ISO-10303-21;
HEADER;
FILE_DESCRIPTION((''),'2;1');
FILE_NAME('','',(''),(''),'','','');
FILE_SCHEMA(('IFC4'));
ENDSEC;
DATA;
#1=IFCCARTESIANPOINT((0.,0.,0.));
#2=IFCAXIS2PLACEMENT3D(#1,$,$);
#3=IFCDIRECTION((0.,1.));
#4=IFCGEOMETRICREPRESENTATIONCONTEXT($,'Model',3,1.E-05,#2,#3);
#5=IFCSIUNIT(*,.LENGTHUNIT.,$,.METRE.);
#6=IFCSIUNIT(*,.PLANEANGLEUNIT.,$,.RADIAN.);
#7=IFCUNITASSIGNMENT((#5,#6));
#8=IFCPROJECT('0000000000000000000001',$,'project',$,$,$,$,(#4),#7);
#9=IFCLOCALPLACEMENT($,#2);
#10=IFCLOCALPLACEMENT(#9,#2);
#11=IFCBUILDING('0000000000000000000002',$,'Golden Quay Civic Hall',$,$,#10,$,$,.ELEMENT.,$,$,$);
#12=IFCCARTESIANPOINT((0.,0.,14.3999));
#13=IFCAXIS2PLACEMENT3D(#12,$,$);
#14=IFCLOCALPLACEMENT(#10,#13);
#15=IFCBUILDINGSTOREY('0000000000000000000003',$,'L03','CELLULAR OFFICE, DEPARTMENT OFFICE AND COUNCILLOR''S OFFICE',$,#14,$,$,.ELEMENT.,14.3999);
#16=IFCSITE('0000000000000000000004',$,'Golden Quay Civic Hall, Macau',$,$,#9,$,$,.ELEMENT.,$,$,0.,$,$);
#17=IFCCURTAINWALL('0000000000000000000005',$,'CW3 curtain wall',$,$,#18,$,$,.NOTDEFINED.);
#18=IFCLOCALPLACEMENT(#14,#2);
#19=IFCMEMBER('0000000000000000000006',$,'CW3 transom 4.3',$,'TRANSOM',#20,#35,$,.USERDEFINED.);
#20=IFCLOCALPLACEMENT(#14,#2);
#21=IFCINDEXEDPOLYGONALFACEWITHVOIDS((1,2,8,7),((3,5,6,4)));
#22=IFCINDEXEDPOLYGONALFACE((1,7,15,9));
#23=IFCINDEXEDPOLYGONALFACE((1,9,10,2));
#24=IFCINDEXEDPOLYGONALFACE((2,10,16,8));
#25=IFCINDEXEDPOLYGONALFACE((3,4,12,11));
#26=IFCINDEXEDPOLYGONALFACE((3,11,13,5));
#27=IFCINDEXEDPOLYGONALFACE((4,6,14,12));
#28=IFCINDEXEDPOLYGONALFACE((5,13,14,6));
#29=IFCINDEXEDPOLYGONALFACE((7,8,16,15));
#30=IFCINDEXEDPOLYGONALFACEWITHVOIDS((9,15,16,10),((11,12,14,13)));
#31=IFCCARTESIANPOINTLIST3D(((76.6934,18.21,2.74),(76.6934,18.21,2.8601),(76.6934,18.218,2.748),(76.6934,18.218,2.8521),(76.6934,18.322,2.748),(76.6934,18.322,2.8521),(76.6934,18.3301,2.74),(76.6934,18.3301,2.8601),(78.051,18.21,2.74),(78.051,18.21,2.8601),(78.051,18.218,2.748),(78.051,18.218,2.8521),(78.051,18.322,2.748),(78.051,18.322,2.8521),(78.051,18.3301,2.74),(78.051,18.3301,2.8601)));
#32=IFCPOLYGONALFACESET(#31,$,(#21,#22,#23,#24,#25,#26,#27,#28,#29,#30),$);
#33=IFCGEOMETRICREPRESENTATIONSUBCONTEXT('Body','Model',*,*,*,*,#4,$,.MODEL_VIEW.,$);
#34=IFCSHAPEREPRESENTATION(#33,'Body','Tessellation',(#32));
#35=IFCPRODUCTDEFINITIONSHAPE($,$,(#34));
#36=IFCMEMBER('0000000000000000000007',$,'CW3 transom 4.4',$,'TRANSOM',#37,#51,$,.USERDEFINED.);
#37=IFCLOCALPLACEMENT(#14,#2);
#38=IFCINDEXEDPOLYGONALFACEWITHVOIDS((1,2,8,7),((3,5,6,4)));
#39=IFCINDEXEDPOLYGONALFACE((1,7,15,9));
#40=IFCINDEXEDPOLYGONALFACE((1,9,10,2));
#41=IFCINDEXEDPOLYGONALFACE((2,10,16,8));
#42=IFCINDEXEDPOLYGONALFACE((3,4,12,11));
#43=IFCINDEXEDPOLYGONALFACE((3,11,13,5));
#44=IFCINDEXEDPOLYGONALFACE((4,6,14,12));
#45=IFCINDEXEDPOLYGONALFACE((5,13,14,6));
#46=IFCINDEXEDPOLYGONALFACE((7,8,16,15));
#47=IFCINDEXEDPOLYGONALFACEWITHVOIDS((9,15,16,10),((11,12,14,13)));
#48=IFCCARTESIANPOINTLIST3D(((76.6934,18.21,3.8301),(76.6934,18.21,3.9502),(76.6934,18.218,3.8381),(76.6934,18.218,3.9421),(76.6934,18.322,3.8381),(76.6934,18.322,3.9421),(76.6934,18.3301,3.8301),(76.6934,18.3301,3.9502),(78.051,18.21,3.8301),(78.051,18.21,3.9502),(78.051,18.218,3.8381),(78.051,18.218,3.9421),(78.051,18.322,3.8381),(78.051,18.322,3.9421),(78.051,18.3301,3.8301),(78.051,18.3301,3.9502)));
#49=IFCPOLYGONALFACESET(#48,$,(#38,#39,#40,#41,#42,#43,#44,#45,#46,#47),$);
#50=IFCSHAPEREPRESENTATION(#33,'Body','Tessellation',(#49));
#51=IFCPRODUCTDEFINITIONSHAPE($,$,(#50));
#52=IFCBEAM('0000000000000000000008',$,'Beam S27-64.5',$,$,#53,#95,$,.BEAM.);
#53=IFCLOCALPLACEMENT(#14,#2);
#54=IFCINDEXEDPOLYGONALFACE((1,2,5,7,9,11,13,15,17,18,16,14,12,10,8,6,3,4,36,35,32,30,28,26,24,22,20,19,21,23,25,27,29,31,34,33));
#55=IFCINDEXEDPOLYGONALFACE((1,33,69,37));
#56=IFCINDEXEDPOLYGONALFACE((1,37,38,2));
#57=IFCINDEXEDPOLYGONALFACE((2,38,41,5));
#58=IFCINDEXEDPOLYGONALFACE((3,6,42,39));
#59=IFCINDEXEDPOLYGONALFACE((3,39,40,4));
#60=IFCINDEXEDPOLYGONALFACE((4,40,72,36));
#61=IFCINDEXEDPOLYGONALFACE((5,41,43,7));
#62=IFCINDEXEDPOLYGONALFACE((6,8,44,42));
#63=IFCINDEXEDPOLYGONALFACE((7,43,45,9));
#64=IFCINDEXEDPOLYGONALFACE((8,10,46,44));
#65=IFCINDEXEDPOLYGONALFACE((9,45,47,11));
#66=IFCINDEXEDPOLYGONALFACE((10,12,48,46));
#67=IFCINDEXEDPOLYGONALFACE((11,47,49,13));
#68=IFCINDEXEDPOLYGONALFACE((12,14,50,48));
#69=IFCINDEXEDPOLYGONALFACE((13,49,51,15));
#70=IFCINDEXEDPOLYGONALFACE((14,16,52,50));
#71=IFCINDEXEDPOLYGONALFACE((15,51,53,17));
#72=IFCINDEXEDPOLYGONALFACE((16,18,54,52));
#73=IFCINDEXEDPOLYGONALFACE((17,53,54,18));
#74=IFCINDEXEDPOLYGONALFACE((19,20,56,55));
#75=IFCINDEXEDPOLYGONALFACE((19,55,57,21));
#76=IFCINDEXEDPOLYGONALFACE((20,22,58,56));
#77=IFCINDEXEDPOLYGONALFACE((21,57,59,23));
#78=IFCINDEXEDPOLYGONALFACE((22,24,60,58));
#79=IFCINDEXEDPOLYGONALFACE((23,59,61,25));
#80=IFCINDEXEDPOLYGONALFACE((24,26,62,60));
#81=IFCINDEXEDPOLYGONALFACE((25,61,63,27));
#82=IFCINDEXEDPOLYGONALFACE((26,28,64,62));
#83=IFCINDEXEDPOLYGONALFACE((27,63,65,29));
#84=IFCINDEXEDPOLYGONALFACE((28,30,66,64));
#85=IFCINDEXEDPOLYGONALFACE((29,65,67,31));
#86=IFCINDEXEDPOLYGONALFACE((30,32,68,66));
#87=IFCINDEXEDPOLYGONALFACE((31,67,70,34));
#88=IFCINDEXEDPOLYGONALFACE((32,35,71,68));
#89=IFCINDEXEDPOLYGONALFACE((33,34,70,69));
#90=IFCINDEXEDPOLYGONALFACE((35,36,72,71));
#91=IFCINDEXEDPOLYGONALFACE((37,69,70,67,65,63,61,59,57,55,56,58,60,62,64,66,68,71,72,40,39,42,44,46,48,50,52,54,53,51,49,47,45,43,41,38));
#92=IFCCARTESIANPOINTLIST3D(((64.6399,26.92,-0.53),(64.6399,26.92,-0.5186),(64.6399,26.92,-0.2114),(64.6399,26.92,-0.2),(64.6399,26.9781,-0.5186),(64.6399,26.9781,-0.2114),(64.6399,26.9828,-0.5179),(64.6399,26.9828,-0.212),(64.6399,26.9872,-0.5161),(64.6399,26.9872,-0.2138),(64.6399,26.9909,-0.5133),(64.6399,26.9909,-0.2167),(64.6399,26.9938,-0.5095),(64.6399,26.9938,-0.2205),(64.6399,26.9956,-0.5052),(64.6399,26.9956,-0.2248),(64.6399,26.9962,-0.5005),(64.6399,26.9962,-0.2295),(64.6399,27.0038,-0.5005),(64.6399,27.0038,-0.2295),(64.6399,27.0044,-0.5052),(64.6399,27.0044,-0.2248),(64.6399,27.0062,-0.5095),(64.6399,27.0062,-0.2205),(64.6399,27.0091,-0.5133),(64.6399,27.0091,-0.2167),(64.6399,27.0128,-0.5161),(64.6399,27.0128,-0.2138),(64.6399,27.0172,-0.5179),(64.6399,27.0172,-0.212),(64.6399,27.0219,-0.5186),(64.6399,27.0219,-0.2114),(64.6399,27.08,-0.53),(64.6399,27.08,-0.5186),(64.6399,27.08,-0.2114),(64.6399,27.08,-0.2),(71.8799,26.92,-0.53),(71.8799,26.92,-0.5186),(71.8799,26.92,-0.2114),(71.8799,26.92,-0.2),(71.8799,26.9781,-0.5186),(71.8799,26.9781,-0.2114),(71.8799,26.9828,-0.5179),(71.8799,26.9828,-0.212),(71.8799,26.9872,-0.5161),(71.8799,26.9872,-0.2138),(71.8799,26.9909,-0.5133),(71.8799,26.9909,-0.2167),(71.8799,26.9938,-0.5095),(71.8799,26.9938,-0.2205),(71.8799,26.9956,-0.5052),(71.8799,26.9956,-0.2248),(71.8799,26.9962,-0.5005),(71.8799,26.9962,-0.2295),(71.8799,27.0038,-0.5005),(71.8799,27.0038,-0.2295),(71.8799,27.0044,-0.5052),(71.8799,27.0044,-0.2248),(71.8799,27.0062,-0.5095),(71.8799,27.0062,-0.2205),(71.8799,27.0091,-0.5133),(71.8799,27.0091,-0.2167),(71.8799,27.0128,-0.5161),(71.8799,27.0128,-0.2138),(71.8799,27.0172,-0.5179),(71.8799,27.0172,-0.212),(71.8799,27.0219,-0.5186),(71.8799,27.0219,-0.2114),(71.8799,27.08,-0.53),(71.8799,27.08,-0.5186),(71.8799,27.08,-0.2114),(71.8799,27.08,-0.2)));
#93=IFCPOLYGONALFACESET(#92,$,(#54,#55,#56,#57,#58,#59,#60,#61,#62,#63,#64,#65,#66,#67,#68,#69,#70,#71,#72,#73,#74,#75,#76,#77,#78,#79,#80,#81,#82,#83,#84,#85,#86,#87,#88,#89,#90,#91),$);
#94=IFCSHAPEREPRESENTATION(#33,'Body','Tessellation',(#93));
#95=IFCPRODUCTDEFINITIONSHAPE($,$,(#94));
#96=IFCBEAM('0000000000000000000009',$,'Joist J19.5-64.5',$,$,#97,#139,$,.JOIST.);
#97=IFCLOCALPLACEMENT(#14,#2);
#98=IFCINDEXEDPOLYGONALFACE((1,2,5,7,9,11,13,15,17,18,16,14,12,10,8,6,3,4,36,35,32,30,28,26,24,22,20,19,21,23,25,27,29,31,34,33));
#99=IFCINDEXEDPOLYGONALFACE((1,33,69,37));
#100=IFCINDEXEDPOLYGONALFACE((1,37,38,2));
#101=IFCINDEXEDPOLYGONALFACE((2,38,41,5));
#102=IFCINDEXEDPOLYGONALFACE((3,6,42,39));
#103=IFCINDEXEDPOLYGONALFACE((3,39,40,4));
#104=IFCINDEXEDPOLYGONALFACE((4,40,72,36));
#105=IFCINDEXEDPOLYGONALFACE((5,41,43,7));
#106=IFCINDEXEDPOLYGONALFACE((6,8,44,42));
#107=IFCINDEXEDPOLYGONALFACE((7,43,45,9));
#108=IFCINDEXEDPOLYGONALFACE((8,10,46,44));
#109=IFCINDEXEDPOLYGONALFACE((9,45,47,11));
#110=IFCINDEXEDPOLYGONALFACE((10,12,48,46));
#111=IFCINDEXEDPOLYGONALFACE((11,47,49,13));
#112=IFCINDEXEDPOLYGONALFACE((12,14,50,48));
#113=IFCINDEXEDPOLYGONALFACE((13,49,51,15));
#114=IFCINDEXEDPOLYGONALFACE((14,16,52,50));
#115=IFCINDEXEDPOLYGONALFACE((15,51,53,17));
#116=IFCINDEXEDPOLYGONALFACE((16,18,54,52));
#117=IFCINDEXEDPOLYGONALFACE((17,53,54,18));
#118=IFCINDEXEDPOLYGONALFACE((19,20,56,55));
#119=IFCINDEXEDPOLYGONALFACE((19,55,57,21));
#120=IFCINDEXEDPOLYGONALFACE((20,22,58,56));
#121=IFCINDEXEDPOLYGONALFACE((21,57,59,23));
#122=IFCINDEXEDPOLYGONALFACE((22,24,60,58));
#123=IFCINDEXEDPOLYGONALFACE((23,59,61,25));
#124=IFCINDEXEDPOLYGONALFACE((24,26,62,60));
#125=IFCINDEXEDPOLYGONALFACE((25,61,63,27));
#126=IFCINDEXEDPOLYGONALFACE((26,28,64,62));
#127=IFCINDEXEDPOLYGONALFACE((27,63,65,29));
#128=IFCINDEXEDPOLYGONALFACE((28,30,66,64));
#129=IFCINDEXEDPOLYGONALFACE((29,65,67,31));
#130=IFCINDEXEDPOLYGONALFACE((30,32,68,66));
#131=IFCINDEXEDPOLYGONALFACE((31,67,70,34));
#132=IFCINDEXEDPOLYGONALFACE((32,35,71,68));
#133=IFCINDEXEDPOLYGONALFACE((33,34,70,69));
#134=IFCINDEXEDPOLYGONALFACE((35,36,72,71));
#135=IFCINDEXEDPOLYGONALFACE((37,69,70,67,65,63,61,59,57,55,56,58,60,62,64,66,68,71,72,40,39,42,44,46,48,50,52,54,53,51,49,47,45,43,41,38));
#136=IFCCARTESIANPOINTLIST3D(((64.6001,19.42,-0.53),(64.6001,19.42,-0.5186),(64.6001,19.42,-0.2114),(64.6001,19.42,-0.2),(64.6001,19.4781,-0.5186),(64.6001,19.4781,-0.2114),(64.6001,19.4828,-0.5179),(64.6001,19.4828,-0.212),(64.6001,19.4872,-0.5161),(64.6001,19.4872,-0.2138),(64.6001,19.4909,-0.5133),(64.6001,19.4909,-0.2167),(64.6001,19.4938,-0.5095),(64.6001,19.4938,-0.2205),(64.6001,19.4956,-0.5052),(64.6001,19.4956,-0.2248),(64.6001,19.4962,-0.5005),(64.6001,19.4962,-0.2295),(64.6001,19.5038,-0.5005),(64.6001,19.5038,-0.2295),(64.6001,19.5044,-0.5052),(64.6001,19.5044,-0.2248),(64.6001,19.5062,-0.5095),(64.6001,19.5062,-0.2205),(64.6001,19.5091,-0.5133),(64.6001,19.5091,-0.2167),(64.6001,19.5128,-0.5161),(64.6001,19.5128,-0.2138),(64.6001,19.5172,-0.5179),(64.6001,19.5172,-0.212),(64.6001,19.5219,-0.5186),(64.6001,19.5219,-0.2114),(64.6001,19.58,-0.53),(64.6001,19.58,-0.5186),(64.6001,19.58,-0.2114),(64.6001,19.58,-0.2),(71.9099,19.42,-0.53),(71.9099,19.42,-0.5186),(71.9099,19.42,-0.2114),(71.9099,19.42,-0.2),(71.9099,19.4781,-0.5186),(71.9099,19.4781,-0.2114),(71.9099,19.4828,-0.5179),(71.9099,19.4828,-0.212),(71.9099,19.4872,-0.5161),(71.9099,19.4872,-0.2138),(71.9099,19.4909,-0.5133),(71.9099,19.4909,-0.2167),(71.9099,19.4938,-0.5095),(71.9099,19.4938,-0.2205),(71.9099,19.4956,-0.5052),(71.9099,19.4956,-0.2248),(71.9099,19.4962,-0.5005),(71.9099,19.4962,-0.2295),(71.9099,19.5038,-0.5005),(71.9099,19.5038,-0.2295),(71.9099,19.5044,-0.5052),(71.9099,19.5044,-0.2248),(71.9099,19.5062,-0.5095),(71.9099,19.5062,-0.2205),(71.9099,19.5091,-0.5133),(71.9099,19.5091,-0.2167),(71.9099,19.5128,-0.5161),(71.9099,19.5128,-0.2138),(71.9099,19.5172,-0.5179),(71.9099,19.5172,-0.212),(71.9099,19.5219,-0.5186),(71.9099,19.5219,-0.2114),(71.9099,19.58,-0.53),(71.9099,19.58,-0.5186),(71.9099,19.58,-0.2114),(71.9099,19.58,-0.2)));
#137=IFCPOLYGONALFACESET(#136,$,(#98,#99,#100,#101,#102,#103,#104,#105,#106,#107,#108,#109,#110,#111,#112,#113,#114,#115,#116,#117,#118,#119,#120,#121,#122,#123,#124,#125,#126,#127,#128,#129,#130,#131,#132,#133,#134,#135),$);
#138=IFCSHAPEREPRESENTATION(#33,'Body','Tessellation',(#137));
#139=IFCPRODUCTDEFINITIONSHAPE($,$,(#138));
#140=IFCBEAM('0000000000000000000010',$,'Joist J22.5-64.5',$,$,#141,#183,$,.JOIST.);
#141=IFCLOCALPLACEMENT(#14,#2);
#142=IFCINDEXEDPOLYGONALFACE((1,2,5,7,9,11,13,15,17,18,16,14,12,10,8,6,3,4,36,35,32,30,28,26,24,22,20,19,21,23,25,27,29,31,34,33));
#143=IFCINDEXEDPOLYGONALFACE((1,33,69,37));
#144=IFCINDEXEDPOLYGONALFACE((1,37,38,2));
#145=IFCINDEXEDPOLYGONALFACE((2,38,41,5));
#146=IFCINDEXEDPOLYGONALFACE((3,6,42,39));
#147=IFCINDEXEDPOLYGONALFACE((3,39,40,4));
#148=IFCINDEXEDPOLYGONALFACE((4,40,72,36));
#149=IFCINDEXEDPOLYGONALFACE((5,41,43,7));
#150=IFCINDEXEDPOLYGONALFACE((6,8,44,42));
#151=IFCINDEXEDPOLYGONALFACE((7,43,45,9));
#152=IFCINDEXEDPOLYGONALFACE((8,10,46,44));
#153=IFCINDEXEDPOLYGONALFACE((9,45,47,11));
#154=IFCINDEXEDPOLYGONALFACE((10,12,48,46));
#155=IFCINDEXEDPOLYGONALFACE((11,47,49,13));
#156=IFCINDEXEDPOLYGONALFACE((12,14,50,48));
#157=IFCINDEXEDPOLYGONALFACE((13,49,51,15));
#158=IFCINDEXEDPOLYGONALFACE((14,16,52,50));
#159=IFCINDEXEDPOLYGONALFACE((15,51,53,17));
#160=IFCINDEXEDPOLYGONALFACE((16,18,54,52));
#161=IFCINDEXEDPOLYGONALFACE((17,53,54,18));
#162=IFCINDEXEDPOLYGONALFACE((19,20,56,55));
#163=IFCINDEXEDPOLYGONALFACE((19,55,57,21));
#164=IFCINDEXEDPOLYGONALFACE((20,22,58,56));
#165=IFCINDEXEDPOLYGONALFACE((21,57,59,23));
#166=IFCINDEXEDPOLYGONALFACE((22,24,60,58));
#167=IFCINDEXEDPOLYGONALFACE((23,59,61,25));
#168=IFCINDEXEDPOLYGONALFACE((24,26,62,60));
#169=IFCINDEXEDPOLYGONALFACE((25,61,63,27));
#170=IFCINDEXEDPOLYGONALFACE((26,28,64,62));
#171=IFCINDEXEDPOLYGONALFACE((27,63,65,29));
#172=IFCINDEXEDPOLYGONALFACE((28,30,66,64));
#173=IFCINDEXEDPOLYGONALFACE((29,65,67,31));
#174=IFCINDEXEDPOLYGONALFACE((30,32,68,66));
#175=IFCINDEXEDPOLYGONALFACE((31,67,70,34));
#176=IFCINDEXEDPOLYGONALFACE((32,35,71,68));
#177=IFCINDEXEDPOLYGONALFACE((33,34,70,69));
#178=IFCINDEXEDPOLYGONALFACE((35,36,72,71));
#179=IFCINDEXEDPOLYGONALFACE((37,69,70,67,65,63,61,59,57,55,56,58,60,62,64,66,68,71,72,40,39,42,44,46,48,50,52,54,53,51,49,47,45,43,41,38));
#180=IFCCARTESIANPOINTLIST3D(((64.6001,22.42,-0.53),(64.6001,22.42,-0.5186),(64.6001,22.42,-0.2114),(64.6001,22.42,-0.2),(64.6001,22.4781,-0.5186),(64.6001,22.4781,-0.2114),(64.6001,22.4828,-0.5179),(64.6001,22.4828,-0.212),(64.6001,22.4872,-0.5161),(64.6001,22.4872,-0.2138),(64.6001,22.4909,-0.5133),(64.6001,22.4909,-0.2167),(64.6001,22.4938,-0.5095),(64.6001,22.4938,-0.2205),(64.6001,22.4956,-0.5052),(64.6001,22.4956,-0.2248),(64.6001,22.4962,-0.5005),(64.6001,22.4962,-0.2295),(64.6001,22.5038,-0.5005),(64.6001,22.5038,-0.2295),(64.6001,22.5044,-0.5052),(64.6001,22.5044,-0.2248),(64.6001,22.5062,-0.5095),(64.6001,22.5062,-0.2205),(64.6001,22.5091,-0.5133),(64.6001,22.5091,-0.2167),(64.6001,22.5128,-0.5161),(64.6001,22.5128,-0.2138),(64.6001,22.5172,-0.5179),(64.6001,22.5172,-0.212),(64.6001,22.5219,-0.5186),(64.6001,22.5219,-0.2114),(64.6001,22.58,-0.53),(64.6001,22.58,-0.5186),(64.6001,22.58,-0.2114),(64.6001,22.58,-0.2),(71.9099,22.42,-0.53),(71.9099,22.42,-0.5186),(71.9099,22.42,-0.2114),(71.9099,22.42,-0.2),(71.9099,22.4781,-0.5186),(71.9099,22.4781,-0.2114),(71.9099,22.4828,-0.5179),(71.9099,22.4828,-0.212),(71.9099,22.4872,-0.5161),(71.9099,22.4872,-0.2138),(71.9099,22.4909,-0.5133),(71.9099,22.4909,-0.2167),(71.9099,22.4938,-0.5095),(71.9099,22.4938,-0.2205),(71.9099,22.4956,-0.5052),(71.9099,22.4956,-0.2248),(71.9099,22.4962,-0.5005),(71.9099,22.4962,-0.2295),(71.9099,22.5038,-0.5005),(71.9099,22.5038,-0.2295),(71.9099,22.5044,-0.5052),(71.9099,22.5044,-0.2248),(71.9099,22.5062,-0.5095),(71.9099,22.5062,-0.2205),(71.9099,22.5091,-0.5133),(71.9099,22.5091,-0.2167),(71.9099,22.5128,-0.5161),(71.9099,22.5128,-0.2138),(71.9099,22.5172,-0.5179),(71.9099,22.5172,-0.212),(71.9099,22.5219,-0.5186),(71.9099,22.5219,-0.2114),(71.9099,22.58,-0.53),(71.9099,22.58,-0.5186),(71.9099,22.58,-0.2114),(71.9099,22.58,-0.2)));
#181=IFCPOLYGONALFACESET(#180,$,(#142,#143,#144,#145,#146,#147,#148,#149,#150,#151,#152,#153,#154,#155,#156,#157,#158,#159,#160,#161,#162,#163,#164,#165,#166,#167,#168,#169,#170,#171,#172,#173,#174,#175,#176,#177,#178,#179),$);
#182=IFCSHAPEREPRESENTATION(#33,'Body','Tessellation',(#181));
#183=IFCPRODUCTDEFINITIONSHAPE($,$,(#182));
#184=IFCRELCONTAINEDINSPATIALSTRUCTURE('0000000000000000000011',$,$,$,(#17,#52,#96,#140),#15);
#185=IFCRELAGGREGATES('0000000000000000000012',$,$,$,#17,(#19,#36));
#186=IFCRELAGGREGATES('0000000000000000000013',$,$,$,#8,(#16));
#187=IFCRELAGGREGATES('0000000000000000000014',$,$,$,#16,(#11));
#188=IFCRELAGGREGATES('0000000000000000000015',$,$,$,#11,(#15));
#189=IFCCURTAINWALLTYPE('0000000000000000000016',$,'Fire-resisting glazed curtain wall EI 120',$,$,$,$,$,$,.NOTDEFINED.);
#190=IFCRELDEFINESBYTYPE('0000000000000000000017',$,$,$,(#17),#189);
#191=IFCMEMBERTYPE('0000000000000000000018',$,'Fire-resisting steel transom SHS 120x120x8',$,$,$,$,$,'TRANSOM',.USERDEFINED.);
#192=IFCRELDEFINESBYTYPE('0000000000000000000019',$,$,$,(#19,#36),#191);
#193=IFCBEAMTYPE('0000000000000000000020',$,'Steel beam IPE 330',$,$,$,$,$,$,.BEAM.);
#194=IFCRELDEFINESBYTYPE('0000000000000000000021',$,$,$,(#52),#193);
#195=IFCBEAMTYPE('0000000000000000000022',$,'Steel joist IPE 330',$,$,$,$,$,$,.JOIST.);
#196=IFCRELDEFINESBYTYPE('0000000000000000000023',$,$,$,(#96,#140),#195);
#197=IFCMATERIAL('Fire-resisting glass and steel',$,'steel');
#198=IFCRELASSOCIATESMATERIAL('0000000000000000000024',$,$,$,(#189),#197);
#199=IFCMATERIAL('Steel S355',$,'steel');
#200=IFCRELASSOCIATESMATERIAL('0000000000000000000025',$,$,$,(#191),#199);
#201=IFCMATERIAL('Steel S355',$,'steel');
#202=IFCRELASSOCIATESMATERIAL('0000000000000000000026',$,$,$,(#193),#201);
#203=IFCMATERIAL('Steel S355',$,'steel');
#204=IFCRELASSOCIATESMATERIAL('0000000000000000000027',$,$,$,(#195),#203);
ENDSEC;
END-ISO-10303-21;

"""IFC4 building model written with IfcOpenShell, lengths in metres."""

from ifc_helpers import new_model, si_unit, direction, frame, origin, origin_2d, place, context, subcontext, project, spatial, hollow_rectangle, i_section, extrude, material, material_profile, profile_set, type_object, element, aggregate, save


model = new_model("IFC4")

# Units and contexts
model_context = context("Model", 3, precision=1e-05, world=origin(), true_north=direction((0.0, 1.0)))
body_context = subcontext(model_context, "Body", "Model", "MODEL_VIEW")
ifc_project = project(units=[si_unit("LENGTHUNIT", "METRE"), si_unit("PLANEANGLEUNIT", "RADIAN")], contexts=[model_context])

# Site, building, storey
site_placement = place(None, origin())
site = spatial("IfcSite", under=ifc_project, at=site_placement, Name="Golden Quay Civic Hall, Macau", CompositionType="ELEMENT", RefElevation=0.0)
building_placement = place(site_placement, origin())
building = spatial("IfcBuilding", under=site, at=building_placement, Name="Golden Quay Civic Hall", CompositionType="ELEMENT")
storey_placement = place(building_placement, frame((0.0, 0.0, 14.3999)))
storey = spatial("IfcBuildingStorey", under=building, at=storey_placement, Name="L03", Description="CELLULAR OFFICE, DEPARTMENT OFFICE AND COUNCILLOR'S OFFICE", CompositionType="ELEMENT", Elevation=14.3999)

# Curtain wall, members
ifc_material_1 = material(Name="Fire-resisting glass and steel", Category="steel")
curtain_wall_type = type_object("IfcCurtainWallType", Name="Fire-resisting glazed curtain wall EI 120", PredefinedType="NOTDEFINED", material=ifc_material_1)
curtain_wall_placement = place(storey_placement, origin())
curtain_wall = element("IfcCurtainWall", 1, at=curtain_wall_placement, inside=storey, type_object=curtain_wall_type, Name="CW3 curtain wall", PredefinedType="NOTDEFINED")
ifc_material_2 = material(Name="Steel S355", Category="steel")
ifc_material_profile_1 = material_profile(ifc_material_2, hollow_rectangle(XDim=0.1201, YDim=0.1201, WallThickness=0.0081, at=origin_2d()), Name="SHS 120x120x8")
ifc_profile_set_1 = profile_set([ifc_material_profile_1], Name="Steel S355")
member_type_1 = type_object("IfcMemberType", Name="Fire-resisting steel transom SHS 120x120x8", ElementType="TRANSOM", PredefinedType="USERDEFINED", material=ifc_profile_set_1)
member_1_placement = place(storey_placement, frame((76.6934, 18.27, 2.8), z_axis=(1.0, 0.0, 0.0), x_axis=(0.0, 1.0, 0.0)))
member_1 = element("IfcMember", 2, at=member_1_placement, type_object=member_type_1, Name="CW3 transom 4.3", ObjectType="TRANSOM", PredefinedType="USERDEFINED", context=body_context, shape_type="SweptSolid", body=[
    extrude(hollow_rectangle(XDim=0.1201, YDim=0.1201, WallThickness=0.0081, at=origin_2d()), origin(), (0.0, 0.0, 1.0), 1.3577),
])
member_2_placement = place(storey_placement, frame((76.6934, 18.27, 3.8901), z_axis=(1.0, 0.0, 0.0), x_axis=(0.0, 1.0, 0.0)))
member_2 = element("IfcMember", 3, at=member_2_placement, type_object=member_type_1, Name="CW3 transom 4.4", ObjectType="TRANSOM", PredefinedType="USERDEFINED", context=body_context, shape_type="SweptSolid", body=[
    extrude(hollow_rectangle(XDim=0.1201, YDim=0.1201, WallThickness=0.0081, at=origin_2d()), origin(), (0.0, 0.0, 1.0), 1.3577),
])

# Beams
ifc_material_3 = material(Name="Steel S355", Category="steel")
ifc_material_profile_2 = material_profile(ifc_material_3, i_section(OverallWidth=0.1599, OverallDepth=0.3301, WebThickness=0.0076, FlangeThickness=0.0115, FilletRadius=0.0181, at=origin_2d()), Name="IPE 330")
ifc_profile_set_2 = profile_set([ifc_material_profile_2], Name="Steel S355")
beam_type_1 = type_object("IfcBeamType", Name="Steel beam IPE 330", PredefinedType="BEAM", material=ifc_profile_set_2)
beam_placement = place(storey_placement, frame((64.6399, 27.0, -0.365), z_axis=(1.0, 0.0, 0.0), x_axis=(0.0, 1.0, 0.0)))
element("IfcBeam", 4, at=beam_placement, inside=storey, type_object=beam_type_1, Name="Beam S27-64.5", PredefinedType="BEAM", context=body_context, shape_type="SweptSolid", body=[
    extrude(i_section(OverallWidth=0.1599, OverallDepth=0.3301, WebThickness=0.0076, FlangeThickness=0.0115, FilletRadius=0.0181, at=origin_2d()), origin(), (0.0, 0.0, 1.0), 7.24),
])
ifc_material_4 = material(Name="Steel S355", Category="steel")
ifc_material_profile_3 = material_profile(ifc_material_4, i_section(OverallWidth=0.1599, OverallDepth=0.3301, WebThickness=0.0076, FlangeThickness=0.0115, FilletRadius=0.0181, at=origin_2d()), Name="IPE 330")
ifc_profile_set_3 = profile_set([ifc_material_profile_3], Name="Steel S355")
beam_type_2 = type_object("IfcBeamType", Name="Steel joist IPE 330", PredefinedType="JOIST", material=ifc_profile_set_3)
for number, where, z_axis, x_axis, name in (
    (5, (64.6001, 19.5, -0.365), (1.0, 0.0, 0.0), (0.0, 1.0, 0.0), "Joist J19.5-64.5"),
    (6, (64.6001, 22.5, -0.365), (1.0, 0.0, 0.0), (0.0, 1.0, 0.0), "Joist J22.5-64.5"),
):
    element("IfcBeam", number, at=place(storey_placement, frame(where, z_axis=z_axis, x_axis=x_axis)), inside=storey, type_object=beam_type_2, Name=name, PredefinedType="JOIST", context=body_context, shape_type="SweptSolid", body=[
        extrude(i_section(OverallWidth=0.1599, OverallDepth=0.3301, WebThickness=0.0076, FlangeThickness=0.0115, FilletRadius=0.0181, at=origin_2d()), origin(), (0.0, 0.0, 1.0), 7.3098),
    ])

aggregate(curtain_wall, [member_1, member_2])

save(model, "model.ifc")
